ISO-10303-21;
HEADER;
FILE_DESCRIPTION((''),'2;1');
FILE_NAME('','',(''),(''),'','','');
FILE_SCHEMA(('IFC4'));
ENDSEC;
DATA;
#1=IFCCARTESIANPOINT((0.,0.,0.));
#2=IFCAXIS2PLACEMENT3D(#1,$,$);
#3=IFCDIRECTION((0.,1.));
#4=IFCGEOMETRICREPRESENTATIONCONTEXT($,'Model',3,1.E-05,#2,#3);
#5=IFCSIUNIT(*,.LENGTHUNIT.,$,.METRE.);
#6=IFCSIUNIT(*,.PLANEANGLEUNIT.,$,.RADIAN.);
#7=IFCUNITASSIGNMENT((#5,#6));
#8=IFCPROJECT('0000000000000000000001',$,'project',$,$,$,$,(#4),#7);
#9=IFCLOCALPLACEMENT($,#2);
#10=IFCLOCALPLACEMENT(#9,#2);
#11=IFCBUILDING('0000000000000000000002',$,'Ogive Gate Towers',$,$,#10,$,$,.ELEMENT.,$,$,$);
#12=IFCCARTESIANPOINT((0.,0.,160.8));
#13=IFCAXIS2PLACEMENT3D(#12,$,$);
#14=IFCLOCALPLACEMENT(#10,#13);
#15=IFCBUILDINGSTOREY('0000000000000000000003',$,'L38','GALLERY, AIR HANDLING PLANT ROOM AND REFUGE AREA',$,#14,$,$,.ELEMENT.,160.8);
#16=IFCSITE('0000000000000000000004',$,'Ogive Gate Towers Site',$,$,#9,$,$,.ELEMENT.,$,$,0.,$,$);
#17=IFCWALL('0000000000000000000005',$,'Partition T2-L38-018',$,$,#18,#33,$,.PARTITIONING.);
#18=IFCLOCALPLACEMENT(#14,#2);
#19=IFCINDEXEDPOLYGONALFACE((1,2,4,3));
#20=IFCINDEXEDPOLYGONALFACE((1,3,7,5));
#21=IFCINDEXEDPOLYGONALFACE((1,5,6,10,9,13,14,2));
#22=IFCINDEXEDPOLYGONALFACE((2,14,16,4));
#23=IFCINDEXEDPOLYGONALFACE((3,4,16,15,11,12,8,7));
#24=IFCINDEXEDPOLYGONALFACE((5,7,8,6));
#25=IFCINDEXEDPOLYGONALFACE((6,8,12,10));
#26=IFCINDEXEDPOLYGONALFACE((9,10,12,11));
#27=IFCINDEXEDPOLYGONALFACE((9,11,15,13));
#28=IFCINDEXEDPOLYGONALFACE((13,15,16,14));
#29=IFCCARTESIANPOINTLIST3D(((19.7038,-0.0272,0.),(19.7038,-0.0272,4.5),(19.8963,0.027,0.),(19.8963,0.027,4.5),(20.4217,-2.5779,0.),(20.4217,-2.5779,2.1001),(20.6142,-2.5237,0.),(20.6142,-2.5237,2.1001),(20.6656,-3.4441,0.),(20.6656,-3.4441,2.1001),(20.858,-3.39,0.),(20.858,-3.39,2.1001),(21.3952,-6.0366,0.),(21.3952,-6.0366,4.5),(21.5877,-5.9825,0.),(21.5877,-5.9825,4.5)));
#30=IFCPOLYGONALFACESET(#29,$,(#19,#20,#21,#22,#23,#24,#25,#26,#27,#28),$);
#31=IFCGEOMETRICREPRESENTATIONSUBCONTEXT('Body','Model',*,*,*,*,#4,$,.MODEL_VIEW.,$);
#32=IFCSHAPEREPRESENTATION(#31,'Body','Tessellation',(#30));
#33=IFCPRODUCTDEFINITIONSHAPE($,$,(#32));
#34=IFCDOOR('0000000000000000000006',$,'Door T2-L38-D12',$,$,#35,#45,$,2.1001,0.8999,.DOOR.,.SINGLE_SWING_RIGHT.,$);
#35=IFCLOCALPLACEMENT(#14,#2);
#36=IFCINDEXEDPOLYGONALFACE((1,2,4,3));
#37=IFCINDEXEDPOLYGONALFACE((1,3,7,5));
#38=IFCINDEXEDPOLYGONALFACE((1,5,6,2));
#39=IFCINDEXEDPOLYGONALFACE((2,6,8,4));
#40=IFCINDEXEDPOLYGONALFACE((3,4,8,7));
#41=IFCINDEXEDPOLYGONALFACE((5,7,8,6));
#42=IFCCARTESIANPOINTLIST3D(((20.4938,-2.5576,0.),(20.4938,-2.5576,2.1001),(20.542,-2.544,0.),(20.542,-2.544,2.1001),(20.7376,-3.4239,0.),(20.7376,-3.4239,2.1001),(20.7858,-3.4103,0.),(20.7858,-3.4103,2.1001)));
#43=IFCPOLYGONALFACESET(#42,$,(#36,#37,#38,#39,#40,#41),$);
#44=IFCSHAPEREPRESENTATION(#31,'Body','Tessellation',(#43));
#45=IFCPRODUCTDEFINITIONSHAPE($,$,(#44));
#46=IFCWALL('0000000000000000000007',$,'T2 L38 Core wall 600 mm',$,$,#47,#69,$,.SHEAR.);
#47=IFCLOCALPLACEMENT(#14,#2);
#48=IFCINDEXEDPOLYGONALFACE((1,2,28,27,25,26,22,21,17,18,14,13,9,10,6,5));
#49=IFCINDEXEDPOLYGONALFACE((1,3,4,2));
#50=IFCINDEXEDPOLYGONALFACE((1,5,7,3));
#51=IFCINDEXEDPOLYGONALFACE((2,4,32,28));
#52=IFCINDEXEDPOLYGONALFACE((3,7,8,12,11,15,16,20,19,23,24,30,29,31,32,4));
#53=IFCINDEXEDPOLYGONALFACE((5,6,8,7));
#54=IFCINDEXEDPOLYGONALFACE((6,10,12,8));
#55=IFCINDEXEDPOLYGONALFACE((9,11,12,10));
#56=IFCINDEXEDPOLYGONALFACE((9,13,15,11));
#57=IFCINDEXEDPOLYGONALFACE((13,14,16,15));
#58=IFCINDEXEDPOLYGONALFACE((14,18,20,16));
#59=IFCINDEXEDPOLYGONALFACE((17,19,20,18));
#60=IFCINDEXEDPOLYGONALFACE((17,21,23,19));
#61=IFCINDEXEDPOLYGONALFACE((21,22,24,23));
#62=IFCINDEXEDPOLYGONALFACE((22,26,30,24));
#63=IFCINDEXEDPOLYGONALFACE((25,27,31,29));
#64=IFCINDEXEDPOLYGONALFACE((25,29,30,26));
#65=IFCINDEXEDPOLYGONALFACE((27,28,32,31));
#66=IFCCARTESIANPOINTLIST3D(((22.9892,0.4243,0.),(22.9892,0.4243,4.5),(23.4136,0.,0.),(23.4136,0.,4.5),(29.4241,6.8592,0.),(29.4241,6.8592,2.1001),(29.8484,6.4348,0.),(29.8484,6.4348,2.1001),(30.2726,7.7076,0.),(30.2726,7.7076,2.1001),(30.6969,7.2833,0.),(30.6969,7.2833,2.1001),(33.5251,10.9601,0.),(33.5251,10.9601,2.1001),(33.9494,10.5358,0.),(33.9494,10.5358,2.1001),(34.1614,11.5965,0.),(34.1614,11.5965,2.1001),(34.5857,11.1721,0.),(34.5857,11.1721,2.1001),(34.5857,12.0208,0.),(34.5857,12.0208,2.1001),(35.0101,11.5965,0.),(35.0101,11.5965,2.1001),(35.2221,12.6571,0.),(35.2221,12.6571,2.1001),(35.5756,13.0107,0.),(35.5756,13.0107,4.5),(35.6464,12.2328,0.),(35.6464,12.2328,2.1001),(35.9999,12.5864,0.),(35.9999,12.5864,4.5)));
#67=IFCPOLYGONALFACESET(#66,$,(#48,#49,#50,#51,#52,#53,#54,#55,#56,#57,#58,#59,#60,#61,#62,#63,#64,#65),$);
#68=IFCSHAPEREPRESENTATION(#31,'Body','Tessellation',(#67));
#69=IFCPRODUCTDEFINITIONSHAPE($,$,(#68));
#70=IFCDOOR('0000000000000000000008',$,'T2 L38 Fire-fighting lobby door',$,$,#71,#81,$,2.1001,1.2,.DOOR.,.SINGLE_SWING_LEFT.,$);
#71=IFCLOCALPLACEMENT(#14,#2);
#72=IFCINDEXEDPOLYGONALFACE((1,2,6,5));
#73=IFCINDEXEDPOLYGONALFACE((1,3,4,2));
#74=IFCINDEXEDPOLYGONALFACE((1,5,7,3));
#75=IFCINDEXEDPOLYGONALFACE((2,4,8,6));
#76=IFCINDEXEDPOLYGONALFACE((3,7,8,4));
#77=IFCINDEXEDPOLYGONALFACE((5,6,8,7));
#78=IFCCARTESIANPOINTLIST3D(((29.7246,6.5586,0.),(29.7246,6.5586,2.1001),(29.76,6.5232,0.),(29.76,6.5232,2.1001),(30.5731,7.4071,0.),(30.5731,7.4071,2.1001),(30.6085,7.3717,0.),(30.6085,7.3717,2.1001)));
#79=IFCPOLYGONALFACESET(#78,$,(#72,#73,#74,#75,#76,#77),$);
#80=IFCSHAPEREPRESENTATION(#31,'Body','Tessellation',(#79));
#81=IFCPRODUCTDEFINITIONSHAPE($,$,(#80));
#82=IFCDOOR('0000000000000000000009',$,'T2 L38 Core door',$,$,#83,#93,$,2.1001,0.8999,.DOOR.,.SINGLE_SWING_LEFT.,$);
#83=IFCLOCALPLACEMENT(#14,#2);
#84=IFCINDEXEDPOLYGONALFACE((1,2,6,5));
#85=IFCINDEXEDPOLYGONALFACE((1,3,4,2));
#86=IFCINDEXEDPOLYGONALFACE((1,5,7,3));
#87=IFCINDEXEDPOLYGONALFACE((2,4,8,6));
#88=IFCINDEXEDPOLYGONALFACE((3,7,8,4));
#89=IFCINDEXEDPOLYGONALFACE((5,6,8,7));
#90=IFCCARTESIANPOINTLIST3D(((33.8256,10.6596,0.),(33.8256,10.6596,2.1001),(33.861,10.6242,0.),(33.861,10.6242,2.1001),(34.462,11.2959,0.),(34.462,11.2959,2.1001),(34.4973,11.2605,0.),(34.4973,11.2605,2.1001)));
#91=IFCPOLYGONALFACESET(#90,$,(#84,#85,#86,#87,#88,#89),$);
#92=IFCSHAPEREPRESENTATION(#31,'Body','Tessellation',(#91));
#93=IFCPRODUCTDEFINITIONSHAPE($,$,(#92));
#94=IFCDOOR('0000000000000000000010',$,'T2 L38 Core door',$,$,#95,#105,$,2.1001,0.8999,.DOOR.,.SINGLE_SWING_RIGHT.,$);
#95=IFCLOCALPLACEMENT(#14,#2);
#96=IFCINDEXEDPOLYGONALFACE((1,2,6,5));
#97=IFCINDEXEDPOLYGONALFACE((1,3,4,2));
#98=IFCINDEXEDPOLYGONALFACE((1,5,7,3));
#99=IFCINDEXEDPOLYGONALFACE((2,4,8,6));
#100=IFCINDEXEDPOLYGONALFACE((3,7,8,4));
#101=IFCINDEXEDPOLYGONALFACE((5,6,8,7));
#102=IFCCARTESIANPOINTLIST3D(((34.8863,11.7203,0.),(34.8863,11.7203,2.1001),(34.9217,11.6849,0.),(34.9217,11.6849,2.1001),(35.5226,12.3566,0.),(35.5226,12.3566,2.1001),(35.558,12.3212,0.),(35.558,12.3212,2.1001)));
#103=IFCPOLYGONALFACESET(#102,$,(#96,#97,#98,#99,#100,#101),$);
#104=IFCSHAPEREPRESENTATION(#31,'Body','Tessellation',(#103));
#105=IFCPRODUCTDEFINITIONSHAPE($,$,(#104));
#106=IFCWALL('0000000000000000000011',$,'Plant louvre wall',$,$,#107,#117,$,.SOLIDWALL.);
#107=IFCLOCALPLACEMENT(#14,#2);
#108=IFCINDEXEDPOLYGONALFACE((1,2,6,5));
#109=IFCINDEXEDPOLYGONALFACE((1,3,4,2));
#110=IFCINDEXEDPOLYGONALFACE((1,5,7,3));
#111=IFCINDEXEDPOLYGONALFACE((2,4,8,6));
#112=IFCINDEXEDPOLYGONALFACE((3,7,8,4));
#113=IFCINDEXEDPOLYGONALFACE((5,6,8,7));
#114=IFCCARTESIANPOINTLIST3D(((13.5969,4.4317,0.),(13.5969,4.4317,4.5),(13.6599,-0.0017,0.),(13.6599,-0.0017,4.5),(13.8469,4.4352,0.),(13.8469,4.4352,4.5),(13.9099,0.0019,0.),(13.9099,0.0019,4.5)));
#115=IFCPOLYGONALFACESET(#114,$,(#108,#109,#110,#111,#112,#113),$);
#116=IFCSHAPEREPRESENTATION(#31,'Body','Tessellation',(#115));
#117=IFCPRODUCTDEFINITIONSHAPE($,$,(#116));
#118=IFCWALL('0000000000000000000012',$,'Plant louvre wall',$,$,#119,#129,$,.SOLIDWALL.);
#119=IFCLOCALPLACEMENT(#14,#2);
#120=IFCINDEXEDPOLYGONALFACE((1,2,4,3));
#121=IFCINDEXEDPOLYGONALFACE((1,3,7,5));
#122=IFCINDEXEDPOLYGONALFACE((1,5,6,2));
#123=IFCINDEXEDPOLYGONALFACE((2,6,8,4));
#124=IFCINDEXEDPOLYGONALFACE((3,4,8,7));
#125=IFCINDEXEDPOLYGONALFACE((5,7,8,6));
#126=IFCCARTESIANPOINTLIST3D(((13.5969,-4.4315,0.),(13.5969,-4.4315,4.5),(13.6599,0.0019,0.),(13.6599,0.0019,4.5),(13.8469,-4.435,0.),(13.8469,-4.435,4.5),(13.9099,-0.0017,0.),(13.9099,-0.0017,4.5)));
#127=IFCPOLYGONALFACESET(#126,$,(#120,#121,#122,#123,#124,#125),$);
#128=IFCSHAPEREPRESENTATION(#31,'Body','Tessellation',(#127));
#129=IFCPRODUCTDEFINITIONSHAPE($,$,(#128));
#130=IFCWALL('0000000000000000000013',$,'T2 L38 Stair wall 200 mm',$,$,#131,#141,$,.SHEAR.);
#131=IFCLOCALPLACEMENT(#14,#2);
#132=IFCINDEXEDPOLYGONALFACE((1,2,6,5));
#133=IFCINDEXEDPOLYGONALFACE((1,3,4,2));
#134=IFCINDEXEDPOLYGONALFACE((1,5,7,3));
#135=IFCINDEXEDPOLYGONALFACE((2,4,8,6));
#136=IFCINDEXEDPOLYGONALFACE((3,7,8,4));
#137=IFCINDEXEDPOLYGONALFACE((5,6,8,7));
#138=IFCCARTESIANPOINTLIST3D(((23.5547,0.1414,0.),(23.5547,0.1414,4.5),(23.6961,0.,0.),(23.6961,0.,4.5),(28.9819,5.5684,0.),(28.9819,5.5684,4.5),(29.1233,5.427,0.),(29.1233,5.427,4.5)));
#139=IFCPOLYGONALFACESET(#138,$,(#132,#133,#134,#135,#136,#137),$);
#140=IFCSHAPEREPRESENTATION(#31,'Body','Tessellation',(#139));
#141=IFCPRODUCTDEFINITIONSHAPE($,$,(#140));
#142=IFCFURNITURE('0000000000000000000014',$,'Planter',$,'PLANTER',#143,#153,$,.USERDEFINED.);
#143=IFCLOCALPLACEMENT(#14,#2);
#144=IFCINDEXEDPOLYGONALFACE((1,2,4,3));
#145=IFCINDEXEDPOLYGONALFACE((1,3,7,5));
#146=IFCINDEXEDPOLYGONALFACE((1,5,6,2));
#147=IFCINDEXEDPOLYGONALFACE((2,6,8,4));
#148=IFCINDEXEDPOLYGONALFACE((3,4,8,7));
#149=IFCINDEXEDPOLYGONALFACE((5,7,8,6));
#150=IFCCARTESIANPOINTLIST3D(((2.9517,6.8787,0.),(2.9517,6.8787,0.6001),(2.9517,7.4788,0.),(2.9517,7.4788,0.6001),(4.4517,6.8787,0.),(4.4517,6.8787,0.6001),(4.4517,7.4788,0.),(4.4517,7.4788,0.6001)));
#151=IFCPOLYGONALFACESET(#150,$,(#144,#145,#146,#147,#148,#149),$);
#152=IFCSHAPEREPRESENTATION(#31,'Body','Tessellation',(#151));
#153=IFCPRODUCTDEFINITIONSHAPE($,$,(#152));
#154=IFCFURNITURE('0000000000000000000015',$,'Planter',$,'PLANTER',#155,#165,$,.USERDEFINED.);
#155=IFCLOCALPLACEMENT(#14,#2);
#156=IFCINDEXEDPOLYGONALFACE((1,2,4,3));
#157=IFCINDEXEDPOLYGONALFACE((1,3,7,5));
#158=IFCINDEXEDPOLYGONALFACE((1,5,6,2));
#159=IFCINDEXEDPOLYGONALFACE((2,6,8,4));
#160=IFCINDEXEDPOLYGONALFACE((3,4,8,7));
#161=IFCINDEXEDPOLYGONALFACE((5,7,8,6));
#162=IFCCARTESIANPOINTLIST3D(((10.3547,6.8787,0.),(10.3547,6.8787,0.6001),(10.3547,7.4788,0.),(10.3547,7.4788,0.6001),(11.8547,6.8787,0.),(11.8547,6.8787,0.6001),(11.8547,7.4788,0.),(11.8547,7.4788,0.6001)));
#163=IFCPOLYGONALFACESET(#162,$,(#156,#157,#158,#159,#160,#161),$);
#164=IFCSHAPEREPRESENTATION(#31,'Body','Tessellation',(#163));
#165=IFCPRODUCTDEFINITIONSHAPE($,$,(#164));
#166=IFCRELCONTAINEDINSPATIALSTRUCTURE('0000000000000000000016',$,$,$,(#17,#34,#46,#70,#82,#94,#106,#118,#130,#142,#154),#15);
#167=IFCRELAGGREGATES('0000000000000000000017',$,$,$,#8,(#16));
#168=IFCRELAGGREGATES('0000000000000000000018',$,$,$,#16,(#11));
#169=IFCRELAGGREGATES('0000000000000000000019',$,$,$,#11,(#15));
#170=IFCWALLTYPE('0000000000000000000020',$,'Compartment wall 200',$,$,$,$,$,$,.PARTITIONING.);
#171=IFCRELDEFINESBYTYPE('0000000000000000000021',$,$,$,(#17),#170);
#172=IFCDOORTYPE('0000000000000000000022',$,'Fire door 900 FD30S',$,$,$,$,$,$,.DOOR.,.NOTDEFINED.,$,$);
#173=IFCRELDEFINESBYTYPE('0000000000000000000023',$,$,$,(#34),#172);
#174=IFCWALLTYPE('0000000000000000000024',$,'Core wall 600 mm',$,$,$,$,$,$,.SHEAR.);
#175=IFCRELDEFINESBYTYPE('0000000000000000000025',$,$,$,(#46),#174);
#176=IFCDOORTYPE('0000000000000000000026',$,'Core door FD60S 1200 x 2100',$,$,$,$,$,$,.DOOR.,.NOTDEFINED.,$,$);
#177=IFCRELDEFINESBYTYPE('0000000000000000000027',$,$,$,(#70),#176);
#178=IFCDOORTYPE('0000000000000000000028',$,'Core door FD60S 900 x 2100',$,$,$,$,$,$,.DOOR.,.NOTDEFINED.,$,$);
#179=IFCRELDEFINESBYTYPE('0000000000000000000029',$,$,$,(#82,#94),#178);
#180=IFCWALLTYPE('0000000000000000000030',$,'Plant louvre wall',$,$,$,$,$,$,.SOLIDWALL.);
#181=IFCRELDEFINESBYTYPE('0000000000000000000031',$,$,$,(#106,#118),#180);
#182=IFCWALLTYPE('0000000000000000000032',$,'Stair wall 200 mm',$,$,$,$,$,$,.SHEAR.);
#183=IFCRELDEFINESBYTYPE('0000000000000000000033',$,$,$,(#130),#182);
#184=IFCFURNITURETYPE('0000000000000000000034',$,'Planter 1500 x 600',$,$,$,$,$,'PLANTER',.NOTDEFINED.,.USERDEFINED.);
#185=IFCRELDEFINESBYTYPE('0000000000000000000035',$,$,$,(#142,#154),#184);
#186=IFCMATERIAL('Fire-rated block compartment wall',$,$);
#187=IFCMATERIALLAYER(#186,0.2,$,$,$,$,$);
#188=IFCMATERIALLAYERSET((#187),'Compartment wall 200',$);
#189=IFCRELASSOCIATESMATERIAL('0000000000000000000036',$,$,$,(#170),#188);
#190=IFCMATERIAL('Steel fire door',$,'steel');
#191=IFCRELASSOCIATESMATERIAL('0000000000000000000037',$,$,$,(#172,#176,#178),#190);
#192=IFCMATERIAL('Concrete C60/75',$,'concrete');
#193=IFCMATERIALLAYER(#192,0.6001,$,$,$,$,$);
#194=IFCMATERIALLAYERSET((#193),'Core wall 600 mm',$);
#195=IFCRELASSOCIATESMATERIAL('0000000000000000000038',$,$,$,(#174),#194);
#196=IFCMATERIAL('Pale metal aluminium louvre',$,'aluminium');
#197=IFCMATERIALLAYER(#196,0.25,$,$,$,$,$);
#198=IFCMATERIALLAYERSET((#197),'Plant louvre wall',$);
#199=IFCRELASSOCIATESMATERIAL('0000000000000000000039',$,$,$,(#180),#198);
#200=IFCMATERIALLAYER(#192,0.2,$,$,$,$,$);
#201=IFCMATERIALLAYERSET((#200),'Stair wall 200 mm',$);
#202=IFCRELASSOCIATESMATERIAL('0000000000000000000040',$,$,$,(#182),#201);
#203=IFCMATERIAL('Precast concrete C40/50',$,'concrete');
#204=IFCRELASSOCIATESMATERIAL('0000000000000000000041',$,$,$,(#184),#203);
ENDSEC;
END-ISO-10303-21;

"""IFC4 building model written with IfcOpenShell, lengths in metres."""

from ifc_helpers import new_model, si_unit, direction, frame, frame_2d, origin, origin_2d, place, context, subcontext, project, spatial, rectangle, extrude, material, layer, layer_set, type_object, element, fill, save


model = new_model("IFC4")

# Units and contexts
model_context = context("Model", 3, precision=1e-05, world=origin(), true_north=direction((0.0, 1.0)))
body_context = subcontext(model_context, "Body", "Model", "MODEL_VIEW")
ifc_project = project(units=[si_unit("LENGTHUNIT", "METRE"), si_unit("PLANEANGLEUNIT", "RADIAN")], contexts=[model_context])

# Site, building, storey
site_placement = place(None, origin())
site = spatial("IfcSite", under=ifc_project, at=site_placement, Name="Ogive Gate Towers Site", CompositionType="ELEMENT", RefElevation=0.0)
building_placement = place(site_placement, origin())
building = spatial("IfcBuilding", under=site, at=building_placement, Name="Ogive Gate Towers", CompositionType="ELEMENT")
storey_placement = place(building_placement, frame((0.0, 0.0, 160.8)))
storey = spatial("IfcBuildingStorey", under=building, at=storey_placement, Name="L38", Description="GALLERY, AIR HANDLING PLANT ROOM AND REFUGE AREA", CompositionType="ELEMENT", Elevation=160.8)

# Wall, opening, door
ifc_material_1 = material(Name="Fire-rated block compartment wall")
ifc_layer_1 = layer(ifc_material_1, 0.2)
ifc_layer_set_1 = layer_set([ifc_layer_1], Name="Compartment wall 200")
wall_type_1 = type_object("IfcWallType", Name="Compartment wall 200", PredefinedType="PARTITIONING", material=ifc_layer_set_1)
ifc_material_2 = material(Name="Steel fire door", Category="steel")
door_type_1 = type_object("IfcDoorType", Name="Fire door 900 FD30S", OperationType="NOTDEFINED", PredefinedType="DOOR", material=ifc_material_2)
wall_1_placement = place(storey_placement, frame((19.8, 0.0, 0.0), z_axis=(0.0, 0.0, 1.0), x_axis=(0.270928, -0.9626, 0.0)))
wall_1 = element("IfcWall", 1, at=wall_1_placement, inside=storey, type_object=wall_type_1, Name="Partition T2-L38-018", PredefinedType="PARTITIONING", context=body_context, shape_type="SweptSolid", body=[
    extrude(rectangle(XDim=6.2429, YDim=0.2, at=frame_2d((3.1216, 0.0))), origin(), (0.0, 0.0, 1.0), 4.5),
])
opening_1_placement = place(wall_1_placement, frame((2.6499, 0.0, 0.0)))
opening_1 = element("IfcOpeningElement", 2, at=opening_1_placement, cuts=wall_1, PredefinedType="OPENING", context=body_context, shape_type="SweptSolid", body=[
    extrude(rectangle(XDim=0.8999, YDim=2.1001, at=frame_2d((0.45, 1.05))), frame((0.0, 0.1099, 0.0), z_axis=(0.0, -1.0, 0.0), x_axis=(1.0, 0.0, 0.0)), (0.0, 0.0, 1.0), 0.22),
])
door_1_placement = place(opening_1_placement, origin())
door_1 = element("IfcDoor", 3, at=door_1_placement, inside=storey, type_object=door_type_1, Name="Door T2-L38-D12", OperationType="SINGLE_SWING_RIGHT", OverallHeight=2.1001, OverallWidth=0.8999, PredefinedType="DOOR", context=body_context, shape_type="SweptSolid", body=[
    extrude(rectangle(XDim=0.8999, YDim=2.1001, at=frame_2d((0.45, 1.05))), frame((0.0, 0.0249, 0.0), z_axis=(0.0, -1.0, 0.0), x_axis=(1.0, 0.0, 0.0)), (0.0, 0.0, 1.0), 0.05),
])
fill(opening_1, door_1)

# Wall, openings, doors
ifc_material_3 = material(Name="Concrete C60/75", Category="concrete")
ifc_layer_2 = layer(ifc_material_3, 0.6001)
ifc_layer_set_2 = layer_set([ifc_layer_2], Name="Core wall 600 mm")
wall_type_2 = type_object("IfcWallType", Name="Core wall 600 mm", PredefinedType="SHEAR", material=ifc_layer_set_2)
wall_2_placement = place(storey_placement, frame((23.2014, 0.2122, 0.0), z_axis=(0.0, 0.0, 1.0), x_axis=(0.707107, 0.707107, 0.0)))
wall_2 = element("IfcWall", 4, at=wall_2_placement, inside=storey, type_object=wall_type_2, Name="T2 L38 Core wall 600 mm", PredefinedType="SHEAR", context=body_context, shape_type="SweptSolid", body=[
    extrude(rectangle(XDim=17.7998, YDim=0.6001, at=frame_2d((8.8999, 0.0))), origin(), (0.0, 0.0, 1.0), 4.5),
])
opening_2_placement = place(wall_2_placement, frame((9.1001, 0.0, 0.0)))
opening_2 = element("IfcOpeningElement", 5, at=opening_2_placement, cuts=wall_2, PredefinedType="OPENING", context=body_context, shape_type="SweptSolid", body=[
    extrude(rectangle(XDim=1.2, YDim=2.1001, at=frame_2d((0.6001, 1.05))), frame((0.0, 0.3101, 0.0), z_axis=(0.0, -1.0, 0.0), x_axis=(1.0, 0.0, 0.0)), (0.0, 0.0, 1.0), 0.6201),
])
opening_3_placement = place(wall_2_placement, frame((14.8999, 0.0, 0.0)))
opening_3 = element("IfcOpeningElement", 6, at=opening_3_placement, cuts=wall_2, PredefinedType="OPENING", context=body_context, shape_type="SweptSolid", body=[
    extrude(rectangle(XDim=0.8999, YDim=2.1001, at=frame_2d((0.45, 1.05))), frame((0.0, 0.3101, 0.0), z_axis=(0.0, -1.0, 0.0), x_axis=(1.0, 0.0, 0.0)), (0.0, 0.0, 1.0), 0.6201),
])
opening_4_placement = place(wall_2_placement, frame((16.3999, 0.0, 0.0)))
opening_4 = element("IfcOpeningElement", 7, at=opening_4_placement, cuts=wall_2, PredefinedType="OPENING", context=body_context, shape_type="SweptSolid", body=[
    extrude(rectangle(XDim=0.8999, YDim=2.1001, at=frame_2d((0.45, 1.05))), frame((0.0, 0.3101, 0.0), z_axis=(0.0, -1.0, 0.0), x_axis=(1.0, 0.0, 0.0)), (0.0, 0.0, 1.0), 0.6201),
])
door_type_2 = type_object("IfcDoorType", Name="Core door FD60S 1200 x 2100", OperationType="NOTDEFINED", PredefinedType="DOOR", material=ifc_material_2)
door_2_placement = place(opening_2_placement, origin())
door_2 = element("IfcDoor", 8, at=door_2_placement, inside=storey, type_object=door_type_2, Name="T2 L38 Fire-fighting lobby door", OperationType="SINGLE_SWING_LEFT", OverallHeight=2.1001, OverallWidth=1.2, PredefinedType="DOOR", context=body_context, shape_type="SweptSolid", body=[
    extrude(rectangle(XDim=1.2, YDim=2.1001, at=frame_2d((0.6001, 1.05))), frame((0.0, -0.125, 0.0), z_axis=(0.0, -1.0, 0.0), x_axis=(1.0, 0.0, 0.0)), (0.0, 0.0, 1.0), 0.05),
])
fill(opening_2, door_2)
door_type_3 = type_object("IfcDoorType", Name="Core door FD60S 900 x 2100", OperationType="NOTDEFINED", PredefinedType="DOOR", material=ifc_material_2)
door_3_placement = place(opening_3_placement, origin())
door_3 = element("IfcDoor", 9, at=door_3_placement, inside=storey, type_object=door_type_3, Name="T2 L38 Core door", OperationType="SINGLE_SWING_LEFT", OverallHeight=2.1001, OverallWidth=0.8999, PredefinedType="DOOR", context=body_context, shape_type="SweptSolid", body=[
    extrude(rectangle(XDim=0.8999, YDim=2.1001, at=frame_2d((0.45, 1.05))), frame((0.0, -0.125, 0.0), z_axis=(0.0, -1.0, 0.0), x_axis=(1.0, 0.0, 0.0)), (0.0, 0.0, 1.0), 0.05),
])
fill(opening_3, door_3)
door_4_placement = place(opening_4_placement, origin())
door_4 = element("IfcDoor", 10, at=door_4_placement, inside=storey, type_object=door_type_3, Name="T2 L38 Core door", OperationType="SINGLE_SWING_RIGHT", OverallHeight=2.1001, OverallWidth=0.8999, PredefinedType="DOOR", context=body_context, shape_type="SweptSolid", body=[
    extrude(rectangle(XDim=0.8999, YDim=2.1001, at=frame_2d((0.45, 1.05))), frame((0.0, -0.125, 0.0), z_axis=(0.0, -1.0, 0.0), x_axis=(1.0, 0.0, 0.0)), (0.0, 0.0, 1.0), 0.05),
])
fill(opening_4, door_4)

# Walls
ifc_material_4 = material(Name="Pale metal aluminium louvre", Category="aluminium")
ifc_layer_3 = layer(ifc_material_4, 0.25)
ifc_layer_set_3 = layer_set([ifc_layer_3], Name="Plant louvre wall")
wall_type_3 = type_object("IfcWallType", Name="Plant louvre wall", PredefinedType="SOLIDWALL", material=ifc_layer_set_3)
for number, where, z_axis, x_axis, name in (
    (11, (13.7219, 4.4333, 0.0), (0.0, 0.0, 1.0), (0.014206, -0.999899, 0.0), "Plant louvre wall"),
    (12, (13.7849, 0.0, 0.0), (0.0, 0.0, 1.0), (-0.014206, -0.999899, 0.0), "Plant louvre wall"),
):
    element("IfcWall", number, at=place(storey_placement, frame(where, z_axis=z_axis, x_axis=x_axis)), inside=storey, type_object=wall_type_3, Name=name, PredefinedType="SOLIDWALL", context=body_context, shape_type="SweptSolid", body=[
        extrude(rectangle(XDim=4.4338, YDim=0.25, at=frame_2d((2.2168, 0.0))), origin(), (0.0, 0.0, 1.0), 4.5),
    ])
ifc_layer_4 = layer(ifc_material_3, 0.2)
ifc_layer_set_4 = layer_set([ifc_layer_4], Name="Stair wall 200 mm")
wall_type_4 = type_object("IfcWallType", Name="Stair wall 200 mm", PredefinedType="SHEAR", material=ifc_layer_set_4)
wall_3_placement = place(storey_placement, frame((23.6255, 0.0708, 0.0), z_axis=(0.0, 0.0, 1.0), x_axis=(0.707123, 0.707091, 0.0)))
element("IfcWall", 13, at=wall_3_placement, inside=storey, type_object=wall_type_4, Name="T2 L38 Stair wall 200 mm", PredefinedType="SHEAR", context=body_context, shape_type="SweptSolid", body=[
    extrude(rectangle(XDim=7.675, YDim=0.2, at=frame_2d((3.8374, 0.0))), origin(), (0.0, 0.0, 1.0), 4.5),
])

# Furniture
ifc_material_5 = material(Name="Precast concrete C40/50", Category="concrete")
furniture_type = type_object("IfcFurnitureType", Name="Planter 1500 x 600", ElementType="PLANTER", AssemblyPlace="NOTDEFINED", PredefinedType="USERDEFINED", material=ifc_material_5)
for number, where, z_axis, x_axis, name in (
    (14, (3.7017, 7.1787, 0.0), (0.0, 0.0, 1.0), (1.0, 0.0, 0.0), "Planter"),
    (15, (11.1047, 7.1787, 0.0), (0.0, 0.0, 1.0), (1.0, 0.0, 0.0), "Planter"),
):
    element("IfcFurniture", number, at=place(storey_placement, frame(where, z_axis=z_axis, x_axis=x_axis)), inside=storey, type_object=furniture_type, Name=name, ObjectType="PLANTER", PredefinedType="USERDEFINED", context=body_context, shape_type="SweptSolid", body=[
        extrude(rectangle(XDim=1.5, YDim=0.6001, at=origin_2d()), origin(), (0.0, 0.0, 1.0), 0.6001),
    ])

save(model, "model.ifc")
